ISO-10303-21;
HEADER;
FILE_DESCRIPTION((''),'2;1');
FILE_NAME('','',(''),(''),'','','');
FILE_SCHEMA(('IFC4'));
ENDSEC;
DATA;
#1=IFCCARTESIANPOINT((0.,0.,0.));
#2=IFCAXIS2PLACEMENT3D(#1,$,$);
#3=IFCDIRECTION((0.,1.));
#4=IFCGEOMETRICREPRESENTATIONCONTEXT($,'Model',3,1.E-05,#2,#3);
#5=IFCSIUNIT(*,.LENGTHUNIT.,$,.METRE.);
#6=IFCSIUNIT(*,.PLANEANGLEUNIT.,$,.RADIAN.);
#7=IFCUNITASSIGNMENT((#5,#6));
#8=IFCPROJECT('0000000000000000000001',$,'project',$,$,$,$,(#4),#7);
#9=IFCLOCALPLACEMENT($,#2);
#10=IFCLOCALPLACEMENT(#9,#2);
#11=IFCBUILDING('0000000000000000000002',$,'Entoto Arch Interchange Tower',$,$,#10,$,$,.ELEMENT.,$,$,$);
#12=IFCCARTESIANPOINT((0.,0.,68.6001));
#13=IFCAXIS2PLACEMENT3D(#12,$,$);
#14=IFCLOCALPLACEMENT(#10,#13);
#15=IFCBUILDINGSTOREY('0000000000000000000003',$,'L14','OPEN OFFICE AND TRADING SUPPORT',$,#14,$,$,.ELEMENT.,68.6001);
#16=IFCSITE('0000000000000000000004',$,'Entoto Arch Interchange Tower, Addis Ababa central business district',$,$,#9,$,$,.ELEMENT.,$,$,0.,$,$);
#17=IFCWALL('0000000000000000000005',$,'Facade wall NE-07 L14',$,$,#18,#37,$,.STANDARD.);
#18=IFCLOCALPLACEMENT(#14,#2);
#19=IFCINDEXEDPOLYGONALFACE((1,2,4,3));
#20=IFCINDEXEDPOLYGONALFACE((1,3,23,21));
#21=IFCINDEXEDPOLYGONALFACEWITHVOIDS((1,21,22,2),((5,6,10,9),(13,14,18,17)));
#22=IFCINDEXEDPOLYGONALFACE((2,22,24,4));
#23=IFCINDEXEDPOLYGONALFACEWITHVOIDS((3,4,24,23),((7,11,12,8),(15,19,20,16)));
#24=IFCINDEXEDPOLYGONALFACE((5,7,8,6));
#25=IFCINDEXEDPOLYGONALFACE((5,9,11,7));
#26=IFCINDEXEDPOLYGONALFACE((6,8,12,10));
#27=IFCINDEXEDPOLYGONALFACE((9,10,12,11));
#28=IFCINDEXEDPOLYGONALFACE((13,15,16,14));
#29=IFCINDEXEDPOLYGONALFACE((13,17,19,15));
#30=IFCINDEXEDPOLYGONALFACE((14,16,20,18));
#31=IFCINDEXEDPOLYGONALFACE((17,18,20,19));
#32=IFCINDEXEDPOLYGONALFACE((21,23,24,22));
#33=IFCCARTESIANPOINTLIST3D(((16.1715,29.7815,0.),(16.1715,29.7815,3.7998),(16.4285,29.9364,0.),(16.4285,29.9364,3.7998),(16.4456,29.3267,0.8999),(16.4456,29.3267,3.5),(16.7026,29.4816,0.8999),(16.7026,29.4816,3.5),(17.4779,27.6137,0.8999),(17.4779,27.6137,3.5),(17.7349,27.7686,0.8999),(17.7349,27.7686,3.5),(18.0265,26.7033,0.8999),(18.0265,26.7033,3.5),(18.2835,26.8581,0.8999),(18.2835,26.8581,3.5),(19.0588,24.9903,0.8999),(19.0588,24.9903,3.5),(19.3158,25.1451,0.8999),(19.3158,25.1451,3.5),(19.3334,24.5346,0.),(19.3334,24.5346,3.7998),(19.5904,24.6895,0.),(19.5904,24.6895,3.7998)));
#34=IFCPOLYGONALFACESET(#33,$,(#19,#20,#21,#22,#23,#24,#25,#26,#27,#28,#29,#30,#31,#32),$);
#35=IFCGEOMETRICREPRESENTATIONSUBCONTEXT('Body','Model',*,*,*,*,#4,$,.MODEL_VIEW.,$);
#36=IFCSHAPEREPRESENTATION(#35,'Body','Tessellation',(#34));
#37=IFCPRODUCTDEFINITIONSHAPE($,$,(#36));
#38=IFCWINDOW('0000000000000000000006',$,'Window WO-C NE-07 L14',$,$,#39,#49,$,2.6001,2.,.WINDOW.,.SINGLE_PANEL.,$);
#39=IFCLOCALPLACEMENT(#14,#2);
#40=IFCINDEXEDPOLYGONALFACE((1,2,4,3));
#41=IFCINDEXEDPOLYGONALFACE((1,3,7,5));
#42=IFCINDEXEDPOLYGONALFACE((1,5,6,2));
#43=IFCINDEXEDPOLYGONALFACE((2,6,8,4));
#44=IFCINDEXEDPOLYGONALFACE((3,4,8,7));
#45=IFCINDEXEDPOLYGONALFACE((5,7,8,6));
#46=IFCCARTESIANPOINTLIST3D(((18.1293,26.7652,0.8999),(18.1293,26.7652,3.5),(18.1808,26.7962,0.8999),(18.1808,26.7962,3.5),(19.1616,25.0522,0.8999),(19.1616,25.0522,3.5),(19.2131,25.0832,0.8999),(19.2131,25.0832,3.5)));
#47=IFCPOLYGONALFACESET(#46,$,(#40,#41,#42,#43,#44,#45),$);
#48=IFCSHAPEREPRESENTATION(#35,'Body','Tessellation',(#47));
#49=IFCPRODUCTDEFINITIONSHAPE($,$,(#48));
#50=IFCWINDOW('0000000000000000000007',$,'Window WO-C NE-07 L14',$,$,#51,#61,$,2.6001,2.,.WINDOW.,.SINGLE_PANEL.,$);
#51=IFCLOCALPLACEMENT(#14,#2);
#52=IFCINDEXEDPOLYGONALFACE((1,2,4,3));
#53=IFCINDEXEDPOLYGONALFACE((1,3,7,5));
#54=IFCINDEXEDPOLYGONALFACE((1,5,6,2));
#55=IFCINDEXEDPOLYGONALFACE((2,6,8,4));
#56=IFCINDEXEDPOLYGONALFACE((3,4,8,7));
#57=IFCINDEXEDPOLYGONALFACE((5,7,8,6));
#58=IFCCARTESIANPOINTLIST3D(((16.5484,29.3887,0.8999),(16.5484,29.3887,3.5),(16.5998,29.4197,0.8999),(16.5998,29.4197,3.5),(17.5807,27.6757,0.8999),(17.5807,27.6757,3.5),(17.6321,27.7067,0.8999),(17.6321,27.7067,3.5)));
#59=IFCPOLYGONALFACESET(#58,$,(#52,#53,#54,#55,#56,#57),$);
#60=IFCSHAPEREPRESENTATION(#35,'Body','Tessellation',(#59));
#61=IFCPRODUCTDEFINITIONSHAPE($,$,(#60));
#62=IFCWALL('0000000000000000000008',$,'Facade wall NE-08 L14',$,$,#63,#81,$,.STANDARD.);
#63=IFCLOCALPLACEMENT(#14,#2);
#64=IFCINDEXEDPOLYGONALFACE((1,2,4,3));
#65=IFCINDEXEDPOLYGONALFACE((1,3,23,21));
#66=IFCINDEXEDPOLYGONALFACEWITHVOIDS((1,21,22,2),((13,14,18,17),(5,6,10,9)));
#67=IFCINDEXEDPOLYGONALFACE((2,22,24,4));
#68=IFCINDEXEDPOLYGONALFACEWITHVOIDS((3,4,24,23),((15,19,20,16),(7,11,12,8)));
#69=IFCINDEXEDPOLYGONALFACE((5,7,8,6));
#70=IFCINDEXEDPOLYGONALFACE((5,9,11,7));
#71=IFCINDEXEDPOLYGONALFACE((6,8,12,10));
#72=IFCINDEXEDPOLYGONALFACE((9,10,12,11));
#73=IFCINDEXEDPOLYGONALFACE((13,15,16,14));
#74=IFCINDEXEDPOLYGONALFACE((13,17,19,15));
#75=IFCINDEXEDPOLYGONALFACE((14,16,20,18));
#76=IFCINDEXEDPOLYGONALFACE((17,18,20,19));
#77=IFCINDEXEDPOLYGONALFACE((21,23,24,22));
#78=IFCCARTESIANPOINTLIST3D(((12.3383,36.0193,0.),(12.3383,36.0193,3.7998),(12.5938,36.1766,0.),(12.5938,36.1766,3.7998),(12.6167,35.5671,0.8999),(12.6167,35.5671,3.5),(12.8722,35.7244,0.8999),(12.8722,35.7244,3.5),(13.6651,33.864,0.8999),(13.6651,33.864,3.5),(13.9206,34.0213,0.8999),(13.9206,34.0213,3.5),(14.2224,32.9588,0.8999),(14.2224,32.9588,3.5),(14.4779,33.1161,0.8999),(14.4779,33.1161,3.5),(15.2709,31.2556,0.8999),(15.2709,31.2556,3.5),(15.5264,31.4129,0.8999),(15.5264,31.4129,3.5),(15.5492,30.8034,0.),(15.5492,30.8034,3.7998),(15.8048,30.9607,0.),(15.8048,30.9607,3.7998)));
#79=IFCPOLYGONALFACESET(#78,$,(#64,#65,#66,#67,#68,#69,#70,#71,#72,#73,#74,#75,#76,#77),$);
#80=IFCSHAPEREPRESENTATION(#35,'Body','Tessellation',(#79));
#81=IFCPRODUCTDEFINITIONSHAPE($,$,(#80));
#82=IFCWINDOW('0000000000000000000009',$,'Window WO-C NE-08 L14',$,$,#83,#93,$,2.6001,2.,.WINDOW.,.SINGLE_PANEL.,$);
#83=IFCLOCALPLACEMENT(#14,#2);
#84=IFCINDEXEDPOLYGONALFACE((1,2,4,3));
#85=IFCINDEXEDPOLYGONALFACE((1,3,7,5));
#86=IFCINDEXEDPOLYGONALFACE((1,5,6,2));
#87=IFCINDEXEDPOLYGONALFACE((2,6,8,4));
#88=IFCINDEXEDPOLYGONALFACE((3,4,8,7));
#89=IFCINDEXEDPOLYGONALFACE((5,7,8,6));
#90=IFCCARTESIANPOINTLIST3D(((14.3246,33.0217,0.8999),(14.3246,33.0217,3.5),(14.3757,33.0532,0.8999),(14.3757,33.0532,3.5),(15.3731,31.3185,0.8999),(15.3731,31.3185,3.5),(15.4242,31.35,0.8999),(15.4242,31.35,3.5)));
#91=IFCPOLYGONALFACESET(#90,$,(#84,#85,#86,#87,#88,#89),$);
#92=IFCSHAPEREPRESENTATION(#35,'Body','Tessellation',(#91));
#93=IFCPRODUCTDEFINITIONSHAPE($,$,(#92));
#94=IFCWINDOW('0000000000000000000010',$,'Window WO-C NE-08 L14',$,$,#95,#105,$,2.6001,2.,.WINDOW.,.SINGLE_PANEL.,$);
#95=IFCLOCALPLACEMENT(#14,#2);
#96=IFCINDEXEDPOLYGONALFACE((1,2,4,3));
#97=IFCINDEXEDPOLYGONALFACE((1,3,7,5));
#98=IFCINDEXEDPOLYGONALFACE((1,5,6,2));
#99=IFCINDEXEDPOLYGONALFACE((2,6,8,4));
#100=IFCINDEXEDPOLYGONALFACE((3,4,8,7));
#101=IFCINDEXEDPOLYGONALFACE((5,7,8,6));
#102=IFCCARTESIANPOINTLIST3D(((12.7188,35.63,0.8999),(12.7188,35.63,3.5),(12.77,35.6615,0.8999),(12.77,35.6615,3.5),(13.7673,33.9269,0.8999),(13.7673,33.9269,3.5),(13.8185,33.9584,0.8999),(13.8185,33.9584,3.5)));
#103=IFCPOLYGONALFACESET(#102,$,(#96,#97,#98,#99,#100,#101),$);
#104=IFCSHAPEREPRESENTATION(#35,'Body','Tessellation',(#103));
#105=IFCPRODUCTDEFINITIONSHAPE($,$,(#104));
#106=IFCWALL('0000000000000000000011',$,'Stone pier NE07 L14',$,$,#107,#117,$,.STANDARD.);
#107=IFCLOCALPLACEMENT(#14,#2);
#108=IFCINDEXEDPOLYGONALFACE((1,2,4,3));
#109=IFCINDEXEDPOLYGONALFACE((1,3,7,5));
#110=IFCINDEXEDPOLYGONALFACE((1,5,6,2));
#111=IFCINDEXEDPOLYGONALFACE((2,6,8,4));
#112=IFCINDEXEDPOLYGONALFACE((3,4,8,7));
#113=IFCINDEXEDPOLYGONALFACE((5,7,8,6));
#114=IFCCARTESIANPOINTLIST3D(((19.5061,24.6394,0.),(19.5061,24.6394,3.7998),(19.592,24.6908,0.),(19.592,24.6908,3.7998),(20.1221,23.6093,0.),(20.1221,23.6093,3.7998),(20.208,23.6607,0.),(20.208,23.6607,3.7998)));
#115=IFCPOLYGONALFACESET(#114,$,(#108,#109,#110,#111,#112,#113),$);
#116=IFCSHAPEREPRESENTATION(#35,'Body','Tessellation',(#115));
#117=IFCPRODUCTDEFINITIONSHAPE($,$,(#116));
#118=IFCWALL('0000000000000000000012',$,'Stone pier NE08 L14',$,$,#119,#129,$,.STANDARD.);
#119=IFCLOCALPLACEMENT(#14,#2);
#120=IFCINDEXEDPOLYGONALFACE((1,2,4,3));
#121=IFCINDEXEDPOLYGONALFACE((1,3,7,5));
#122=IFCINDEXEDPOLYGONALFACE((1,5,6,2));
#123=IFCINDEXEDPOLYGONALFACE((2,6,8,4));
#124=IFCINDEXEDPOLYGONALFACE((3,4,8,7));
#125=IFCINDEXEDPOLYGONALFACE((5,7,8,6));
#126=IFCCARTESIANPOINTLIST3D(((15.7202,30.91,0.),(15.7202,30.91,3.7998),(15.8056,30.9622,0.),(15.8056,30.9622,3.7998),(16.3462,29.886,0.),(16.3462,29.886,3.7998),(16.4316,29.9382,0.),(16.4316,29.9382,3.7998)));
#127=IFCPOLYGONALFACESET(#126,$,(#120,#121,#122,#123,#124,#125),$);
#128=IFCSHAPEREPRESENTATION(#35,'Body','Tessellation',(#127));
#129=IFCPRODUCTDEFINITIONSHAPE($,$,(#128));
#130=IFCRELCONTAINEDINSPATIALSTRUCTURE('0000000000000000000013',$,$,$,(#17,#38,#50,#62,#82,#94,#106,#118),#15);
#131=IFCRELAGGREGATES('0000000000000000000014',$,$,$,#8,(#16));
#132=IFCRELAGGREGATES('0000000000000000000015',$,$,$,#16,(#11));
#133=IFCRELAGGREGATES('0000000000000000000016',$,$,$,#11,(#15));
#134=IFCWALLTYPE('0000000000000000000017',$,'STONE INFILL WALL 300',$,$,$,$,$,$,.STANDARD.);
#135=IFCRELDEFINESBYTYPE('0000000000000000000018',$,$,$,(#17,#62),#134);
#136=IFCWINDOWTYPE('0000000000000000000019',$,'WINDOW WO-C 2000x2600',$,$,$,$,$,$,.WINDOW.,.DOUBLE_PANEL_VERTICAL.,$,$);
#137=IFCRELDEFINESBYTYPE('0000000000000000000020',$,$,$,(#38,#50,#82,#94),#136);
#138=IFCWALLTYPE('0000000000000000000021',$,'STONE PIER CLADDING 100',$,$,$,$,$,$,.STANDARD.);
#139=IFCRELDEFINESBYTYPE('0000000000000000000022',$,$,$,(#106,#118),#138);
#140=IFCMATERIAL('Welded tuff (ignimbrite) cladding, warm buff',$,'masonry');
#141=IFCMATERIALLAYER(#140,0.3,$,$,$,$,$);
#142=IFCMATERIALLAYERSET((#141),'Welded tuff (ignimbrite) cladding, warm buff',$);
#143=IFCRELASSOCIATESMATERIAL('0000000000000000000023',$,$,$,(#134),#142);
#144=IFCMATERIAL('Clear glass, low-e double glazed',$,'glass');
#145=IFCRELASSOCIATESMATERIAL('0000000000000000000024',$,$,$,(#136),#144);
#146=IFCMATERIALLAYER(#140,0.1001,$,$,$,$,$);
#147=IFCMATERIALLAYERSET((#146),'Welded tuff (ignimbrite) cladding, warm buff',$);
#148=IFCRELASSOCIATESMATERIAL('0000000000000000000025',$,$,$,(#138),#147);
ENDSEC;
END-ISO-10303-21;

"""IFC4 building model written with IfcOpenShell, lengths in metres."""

from ifc_helpers import new_model, si_unit, direction, frame, frame_2d, origin, place, context, subcontext, project, spatial, rectangle, extrude, material, layer, layer_set, type_object, element, fill, save


model = new_model("IFC4")

# Units and contexts
model_context = context("Model", 3, precision=1e-05, world=origin(), true_north=direction((0.0, 1.0)))
body_context = subcontext(model_context, "Body", "Model", "MODEL_VIEW")
ifc_project = project(units=[si_unit("LENGTHUNIT", "METRE"), si_unit("PLANEANGLEUNIT", "RADIAN")], contexts=[model_context])

# Site, building, storey
site_placement = place(None, origin())
site = spatial("IfcSite", under=ifc_project, at=site_placement, Name="Entoto Arch Interchange Tower, Addis Ababa central business district", CompositionType="ELEMENT", RefElevation=0.0)
building_placement = place(site_placement, origin())
building = spatial("IfcBuilding", under=site, at=building_placement, Name="Entoto Arch Interchange Tower", CompositionType="ELEMENT")
storey_placement = place(building_placement, frame((0.0, 0.0, 68.6001)))
storey = spatial("IfcBuildingStorey", under=building, at=storey_placement, Name="L14", Description="OPEN OFFICE AND TRADING SUPPORT", CompositionType="ELEMENT", Elevation=68.6001)

# Walls, openings, windows
ifc_material_1 = material(Name="Welded tuff (ignimbrite) cladding, warm buff", Category="masonry")
ifc_layer_1 = layer(ifc_material_1, 0.3)
ifc_layer_set_1 = layer_set([ifc_layer_1], Name="Welded tuff (ignimbrite) cladding, warm buff")
wall_type_1 = type_object("IfcWallType", Name="STONE INFILL WALL 300", PredefinedType="STANDARD", material=ifc_layer_set_1)
wall_1_placement = place(storey_placement, frame((19.4619, 24.6121, 0.0), z_axis=(0.0, 0.0, 1.0), x_axis=(-0.516148, 0.8565, 0.0)))
wall_1 = element("IfcWall", 1, at=wall_1_placement, inside=storey, type_object=wall_type_1, Name="Facade wall NE-07 L14", PredefinedType="STANDARD", context=body_context, shape_type="SweptSolid", body=[
    extrude(rectangle(XDim=6.126, YDim=0.3, at=frame_2d((3.063, 0.0))), origin(), (0.0, 0.0, 1.0), 3.7998),
])
opening_1_placement = place(wall_1_placement, frame((0.532, 0.0, 0.8999)))
opening_1 = element("IfcOpeningElement", 2, at=opening_1_placement, cuts=wall_1, PredefinedType="OPENING", context=body_context, shape_type="SweptSolid", body=[
    extrude(rectangle(XDim=2.0, YDim=2.6001, at=frame_2d((1.0, 1.3))), frame((0.0, 0.1602, 0.0), z_axis=(0.0, -1.0, 0.0), x_axis=(1.0, 0.0, 0.0)), (0.0, 0.0, 1.0), 0.3201),
])
opening_2_placement = place(wall_1_placement, frame((3.595, 0.0, 0.8999)))
opening_2 = element("IfcOpeningElement", 3, at=opening_2_placement, cuts=wall_1, PredefinedType="OPENING", context=body_context, shape_type="SweptSolid", body=[
    extrude(rectangle(XDim=2.0, YDim=2.6001, at=frame_2d((1.0, 1.3))), frame((0.0, 0.1602, 0.0), z_axis=(0.0, -1.0, 0.0), x_axis=(1.0, 0.0, 0.0)), (0.0, 0.0, 1.0), 0.3201),
])
ifc_material_2 = material(Name="Clear glass, low-e double glazed", Category="glass")
window_type = type_object("IfcWindowType", Name="WINDOW WO-C 2000x2600", PartitioningType="DOUBLE_PANEL_VERTICAL", PredefinedType="WINDOW", material=ifc_material_2)
window_1_placement = place(opening_1_placement, origin())
window_1 = element("IfcWindow", 4, at=window_1_placement, inside=storey, type_object=window_type, Name="Window WO-C NE-07 L14", OverallHeight=2.6001, OverallWidth=2.0, PartitioningType="SINGLE_PANEL", PredefinedType="WINDOW", context=body_context, shape_type="SweptSolid", body=[
    extrude(rectangle(XDim=2.0, YDim=2.6001, at=frame_2d((1.0, 1.3))), frame((0.0, 0.03, 0.0), z_axis=(0.0, -1.0, 0.0), x_axis=(1.0, 0.0, 0.0)), (0.0, 0.0, 1.0), 0.0601),
])
fill(opening_1, window_1)
window_2_placement = place(opening_2_placement, origin())
window_2 = element("IfcWindow", 5, at=window_2_placement, inside=storey, type_object=window_type, Name="Window WO-C NE-07 L14", OverallHeight=2.6001, OverallWidth=2.0, PartitioningType="SINGLE_PANEL", PredefinedType="WINDOW", context=body_context, shape_type="SweptSolid", body=[
    extrude(rectangle(XDim=2.0, YDim=2.6001, at=frame_2d((1.0, 1.3))), frame((0.0, 0.03, 0.0), z_axis=(0.0, -1.0, 0.0), x_axis=(1.0, 0.0, 0.0)), (0.0, 0.0, 1.0), 0.0601),
])
fill(opening_2, window_2)
wall_2_placement = place(storey_placement, frame((15.677, 30.8821, 0.0), z_axis=(0.0, 0.0, 1.0), x_axis=(-0.52424, 0.851571, 0.0)))
wall_2 = element("IfcWall", 6, at=wall_2_placement, inside=storey, type_object=wall_type_1, Name="Facade wall NE-08 L14", PredefinedType="STANDARD", context=body_context, shape_type="SweptSolid", body=[
    extrude(rectangle(XDim=6.125, YDim=0.3, at=frame_2d((3.0625, 0.0))), origin(), (0.0, 0.0, 1.0), 3.7998),
])
opening_3_placement = place(wall_2_placement, frame((0.531, 0.0, 0.8999)))
opening_3 = element("IfcOpeningElement", 7, at=opening_3_placement, cuts=wall_2, PredefinedType="OPENING", context=body_context, shape_type="SweptSolid", body=[
    extrude(rectangle(XDim=2.0, YDim=2.6001, at=frame_2d((1.0, 1.3))), frame((0.0, 0.1602, 0.0), z_axis=(0.0, -1.0, 0.0), x_axis=(1.0, 0.0, 0.0)), (0.0, 0.0, 1.0), 0.3201),
])
opening_4_placement = place(wall_2_placement, frame((3.594, 0.0, 0.8999)))
opening_4 = element("IfcOpeningElement", 8, at=opening_4_placement, cuts=wall_2, PredefinedType="OPENING", context=body_context, shape_type="SweptSolid", body=[
    extrude(rectangle(XDim=2.0, YDim=2.6001, at=frame_2d((1.0, 1.3))), frame((0.0, 0.1602, 0.0), z_axis=(0.0, -1.0, 0.0), x_axis=(1.0, 0.0, 0.0)), (0.0, 0.0, 1.0), 0.3201),
])
window_3_placement = place(opening_3_placement, origin())
window_3 = element("IfcWindow", 9, at=window_3_placement, inside=storey, type_object=window_type, Name="Window WO-C NE-08 L14", OverallHeight=2.6001, OverallWidth=2.0, PartitioningType="SINGLE_PANEL", PredefinedType="WINDOW", context=body_context, shape_type="SweptSolid", body=[
    extrude(rectangle(XDim=2.0, YDim=2.6001, at=frame_2d((1.0, 1.3))), frame((0.0, 0.03, 0.0), z_axis=(0.0, -1.0, 0.0), x_axis=(1.0, 0.0, 0.0)), (0.0, 0.0, 1.0), 0.0601),
])
fill(opening_3, window_3)
window_4_placement = place(opening_4_placement, origin())
window_4 = element("IfcWindow", 10, at=window_4_placement, inside=storey, type_object=window_type, Name="Window WO-C NE-08 L14", OverallHeight=2.6001, OverallWidth=2.0, PartitioningType="SINGLE_PANEL", PredefinedType="WINDOW", context=body_context, shape_type="SweptSolid", body=[
    extrude(rectangle(XDim=2.0, YDim=2.6001, at=frame_2d((1.0, 1.3))), frame((0.0, 0.03, 0.0), z_axis=(0.0, -1.0, 0.0), x_axis=(1.0, 0.0, 0.0)), (0.0, 0.0, 1.0), 0.0601),
])
fill(opening_4, window_4)

# Walls
ifc_layer_2 = layer(ifc_material_1, 0.1001)
ifc_layer_set_2 = layer_set([ifc_layer_2], Name="Welded tuff (ignimbrite) cladding, warm buff")
wall_type_2 = type_object("IfcWallType", Name="STONE PIER CLADDING 100", PredefinedType="STANDARD", material=ifc_layer_set_2)
for number, where, z_axis, x_axis, name in (
    (11, (20.165, 23.635, 0.0), (0.0, 0.0, 1.0), (-0.513239, 0.858246, 0.0), "Stone pier NE07 L14"),
    (12, (16.3889, 29.9121, 0.0), (0.0, 0.0, 1.0), (-0.521598, 0.853191, 0.0), "Stone pier NE08 L14"),
):
    element("IfcWall", number, at=place(storey_placement, frame(where, z_axis=z_axis, x_axis=x_axis)), inside=storey, type_object=wall_type_2, Name=name, PredefinedType="STANDARD", context=body_context, shape_type="SweptSolid", body=[
        extrude(rectangle(XDim=1.2002, YDim=0.1001, at=frame_2d((0.6001, 0.0))), origin(), (0.0, 0.0, 1.0), 3.7998),
    ])

save(model, "model.ifc")
